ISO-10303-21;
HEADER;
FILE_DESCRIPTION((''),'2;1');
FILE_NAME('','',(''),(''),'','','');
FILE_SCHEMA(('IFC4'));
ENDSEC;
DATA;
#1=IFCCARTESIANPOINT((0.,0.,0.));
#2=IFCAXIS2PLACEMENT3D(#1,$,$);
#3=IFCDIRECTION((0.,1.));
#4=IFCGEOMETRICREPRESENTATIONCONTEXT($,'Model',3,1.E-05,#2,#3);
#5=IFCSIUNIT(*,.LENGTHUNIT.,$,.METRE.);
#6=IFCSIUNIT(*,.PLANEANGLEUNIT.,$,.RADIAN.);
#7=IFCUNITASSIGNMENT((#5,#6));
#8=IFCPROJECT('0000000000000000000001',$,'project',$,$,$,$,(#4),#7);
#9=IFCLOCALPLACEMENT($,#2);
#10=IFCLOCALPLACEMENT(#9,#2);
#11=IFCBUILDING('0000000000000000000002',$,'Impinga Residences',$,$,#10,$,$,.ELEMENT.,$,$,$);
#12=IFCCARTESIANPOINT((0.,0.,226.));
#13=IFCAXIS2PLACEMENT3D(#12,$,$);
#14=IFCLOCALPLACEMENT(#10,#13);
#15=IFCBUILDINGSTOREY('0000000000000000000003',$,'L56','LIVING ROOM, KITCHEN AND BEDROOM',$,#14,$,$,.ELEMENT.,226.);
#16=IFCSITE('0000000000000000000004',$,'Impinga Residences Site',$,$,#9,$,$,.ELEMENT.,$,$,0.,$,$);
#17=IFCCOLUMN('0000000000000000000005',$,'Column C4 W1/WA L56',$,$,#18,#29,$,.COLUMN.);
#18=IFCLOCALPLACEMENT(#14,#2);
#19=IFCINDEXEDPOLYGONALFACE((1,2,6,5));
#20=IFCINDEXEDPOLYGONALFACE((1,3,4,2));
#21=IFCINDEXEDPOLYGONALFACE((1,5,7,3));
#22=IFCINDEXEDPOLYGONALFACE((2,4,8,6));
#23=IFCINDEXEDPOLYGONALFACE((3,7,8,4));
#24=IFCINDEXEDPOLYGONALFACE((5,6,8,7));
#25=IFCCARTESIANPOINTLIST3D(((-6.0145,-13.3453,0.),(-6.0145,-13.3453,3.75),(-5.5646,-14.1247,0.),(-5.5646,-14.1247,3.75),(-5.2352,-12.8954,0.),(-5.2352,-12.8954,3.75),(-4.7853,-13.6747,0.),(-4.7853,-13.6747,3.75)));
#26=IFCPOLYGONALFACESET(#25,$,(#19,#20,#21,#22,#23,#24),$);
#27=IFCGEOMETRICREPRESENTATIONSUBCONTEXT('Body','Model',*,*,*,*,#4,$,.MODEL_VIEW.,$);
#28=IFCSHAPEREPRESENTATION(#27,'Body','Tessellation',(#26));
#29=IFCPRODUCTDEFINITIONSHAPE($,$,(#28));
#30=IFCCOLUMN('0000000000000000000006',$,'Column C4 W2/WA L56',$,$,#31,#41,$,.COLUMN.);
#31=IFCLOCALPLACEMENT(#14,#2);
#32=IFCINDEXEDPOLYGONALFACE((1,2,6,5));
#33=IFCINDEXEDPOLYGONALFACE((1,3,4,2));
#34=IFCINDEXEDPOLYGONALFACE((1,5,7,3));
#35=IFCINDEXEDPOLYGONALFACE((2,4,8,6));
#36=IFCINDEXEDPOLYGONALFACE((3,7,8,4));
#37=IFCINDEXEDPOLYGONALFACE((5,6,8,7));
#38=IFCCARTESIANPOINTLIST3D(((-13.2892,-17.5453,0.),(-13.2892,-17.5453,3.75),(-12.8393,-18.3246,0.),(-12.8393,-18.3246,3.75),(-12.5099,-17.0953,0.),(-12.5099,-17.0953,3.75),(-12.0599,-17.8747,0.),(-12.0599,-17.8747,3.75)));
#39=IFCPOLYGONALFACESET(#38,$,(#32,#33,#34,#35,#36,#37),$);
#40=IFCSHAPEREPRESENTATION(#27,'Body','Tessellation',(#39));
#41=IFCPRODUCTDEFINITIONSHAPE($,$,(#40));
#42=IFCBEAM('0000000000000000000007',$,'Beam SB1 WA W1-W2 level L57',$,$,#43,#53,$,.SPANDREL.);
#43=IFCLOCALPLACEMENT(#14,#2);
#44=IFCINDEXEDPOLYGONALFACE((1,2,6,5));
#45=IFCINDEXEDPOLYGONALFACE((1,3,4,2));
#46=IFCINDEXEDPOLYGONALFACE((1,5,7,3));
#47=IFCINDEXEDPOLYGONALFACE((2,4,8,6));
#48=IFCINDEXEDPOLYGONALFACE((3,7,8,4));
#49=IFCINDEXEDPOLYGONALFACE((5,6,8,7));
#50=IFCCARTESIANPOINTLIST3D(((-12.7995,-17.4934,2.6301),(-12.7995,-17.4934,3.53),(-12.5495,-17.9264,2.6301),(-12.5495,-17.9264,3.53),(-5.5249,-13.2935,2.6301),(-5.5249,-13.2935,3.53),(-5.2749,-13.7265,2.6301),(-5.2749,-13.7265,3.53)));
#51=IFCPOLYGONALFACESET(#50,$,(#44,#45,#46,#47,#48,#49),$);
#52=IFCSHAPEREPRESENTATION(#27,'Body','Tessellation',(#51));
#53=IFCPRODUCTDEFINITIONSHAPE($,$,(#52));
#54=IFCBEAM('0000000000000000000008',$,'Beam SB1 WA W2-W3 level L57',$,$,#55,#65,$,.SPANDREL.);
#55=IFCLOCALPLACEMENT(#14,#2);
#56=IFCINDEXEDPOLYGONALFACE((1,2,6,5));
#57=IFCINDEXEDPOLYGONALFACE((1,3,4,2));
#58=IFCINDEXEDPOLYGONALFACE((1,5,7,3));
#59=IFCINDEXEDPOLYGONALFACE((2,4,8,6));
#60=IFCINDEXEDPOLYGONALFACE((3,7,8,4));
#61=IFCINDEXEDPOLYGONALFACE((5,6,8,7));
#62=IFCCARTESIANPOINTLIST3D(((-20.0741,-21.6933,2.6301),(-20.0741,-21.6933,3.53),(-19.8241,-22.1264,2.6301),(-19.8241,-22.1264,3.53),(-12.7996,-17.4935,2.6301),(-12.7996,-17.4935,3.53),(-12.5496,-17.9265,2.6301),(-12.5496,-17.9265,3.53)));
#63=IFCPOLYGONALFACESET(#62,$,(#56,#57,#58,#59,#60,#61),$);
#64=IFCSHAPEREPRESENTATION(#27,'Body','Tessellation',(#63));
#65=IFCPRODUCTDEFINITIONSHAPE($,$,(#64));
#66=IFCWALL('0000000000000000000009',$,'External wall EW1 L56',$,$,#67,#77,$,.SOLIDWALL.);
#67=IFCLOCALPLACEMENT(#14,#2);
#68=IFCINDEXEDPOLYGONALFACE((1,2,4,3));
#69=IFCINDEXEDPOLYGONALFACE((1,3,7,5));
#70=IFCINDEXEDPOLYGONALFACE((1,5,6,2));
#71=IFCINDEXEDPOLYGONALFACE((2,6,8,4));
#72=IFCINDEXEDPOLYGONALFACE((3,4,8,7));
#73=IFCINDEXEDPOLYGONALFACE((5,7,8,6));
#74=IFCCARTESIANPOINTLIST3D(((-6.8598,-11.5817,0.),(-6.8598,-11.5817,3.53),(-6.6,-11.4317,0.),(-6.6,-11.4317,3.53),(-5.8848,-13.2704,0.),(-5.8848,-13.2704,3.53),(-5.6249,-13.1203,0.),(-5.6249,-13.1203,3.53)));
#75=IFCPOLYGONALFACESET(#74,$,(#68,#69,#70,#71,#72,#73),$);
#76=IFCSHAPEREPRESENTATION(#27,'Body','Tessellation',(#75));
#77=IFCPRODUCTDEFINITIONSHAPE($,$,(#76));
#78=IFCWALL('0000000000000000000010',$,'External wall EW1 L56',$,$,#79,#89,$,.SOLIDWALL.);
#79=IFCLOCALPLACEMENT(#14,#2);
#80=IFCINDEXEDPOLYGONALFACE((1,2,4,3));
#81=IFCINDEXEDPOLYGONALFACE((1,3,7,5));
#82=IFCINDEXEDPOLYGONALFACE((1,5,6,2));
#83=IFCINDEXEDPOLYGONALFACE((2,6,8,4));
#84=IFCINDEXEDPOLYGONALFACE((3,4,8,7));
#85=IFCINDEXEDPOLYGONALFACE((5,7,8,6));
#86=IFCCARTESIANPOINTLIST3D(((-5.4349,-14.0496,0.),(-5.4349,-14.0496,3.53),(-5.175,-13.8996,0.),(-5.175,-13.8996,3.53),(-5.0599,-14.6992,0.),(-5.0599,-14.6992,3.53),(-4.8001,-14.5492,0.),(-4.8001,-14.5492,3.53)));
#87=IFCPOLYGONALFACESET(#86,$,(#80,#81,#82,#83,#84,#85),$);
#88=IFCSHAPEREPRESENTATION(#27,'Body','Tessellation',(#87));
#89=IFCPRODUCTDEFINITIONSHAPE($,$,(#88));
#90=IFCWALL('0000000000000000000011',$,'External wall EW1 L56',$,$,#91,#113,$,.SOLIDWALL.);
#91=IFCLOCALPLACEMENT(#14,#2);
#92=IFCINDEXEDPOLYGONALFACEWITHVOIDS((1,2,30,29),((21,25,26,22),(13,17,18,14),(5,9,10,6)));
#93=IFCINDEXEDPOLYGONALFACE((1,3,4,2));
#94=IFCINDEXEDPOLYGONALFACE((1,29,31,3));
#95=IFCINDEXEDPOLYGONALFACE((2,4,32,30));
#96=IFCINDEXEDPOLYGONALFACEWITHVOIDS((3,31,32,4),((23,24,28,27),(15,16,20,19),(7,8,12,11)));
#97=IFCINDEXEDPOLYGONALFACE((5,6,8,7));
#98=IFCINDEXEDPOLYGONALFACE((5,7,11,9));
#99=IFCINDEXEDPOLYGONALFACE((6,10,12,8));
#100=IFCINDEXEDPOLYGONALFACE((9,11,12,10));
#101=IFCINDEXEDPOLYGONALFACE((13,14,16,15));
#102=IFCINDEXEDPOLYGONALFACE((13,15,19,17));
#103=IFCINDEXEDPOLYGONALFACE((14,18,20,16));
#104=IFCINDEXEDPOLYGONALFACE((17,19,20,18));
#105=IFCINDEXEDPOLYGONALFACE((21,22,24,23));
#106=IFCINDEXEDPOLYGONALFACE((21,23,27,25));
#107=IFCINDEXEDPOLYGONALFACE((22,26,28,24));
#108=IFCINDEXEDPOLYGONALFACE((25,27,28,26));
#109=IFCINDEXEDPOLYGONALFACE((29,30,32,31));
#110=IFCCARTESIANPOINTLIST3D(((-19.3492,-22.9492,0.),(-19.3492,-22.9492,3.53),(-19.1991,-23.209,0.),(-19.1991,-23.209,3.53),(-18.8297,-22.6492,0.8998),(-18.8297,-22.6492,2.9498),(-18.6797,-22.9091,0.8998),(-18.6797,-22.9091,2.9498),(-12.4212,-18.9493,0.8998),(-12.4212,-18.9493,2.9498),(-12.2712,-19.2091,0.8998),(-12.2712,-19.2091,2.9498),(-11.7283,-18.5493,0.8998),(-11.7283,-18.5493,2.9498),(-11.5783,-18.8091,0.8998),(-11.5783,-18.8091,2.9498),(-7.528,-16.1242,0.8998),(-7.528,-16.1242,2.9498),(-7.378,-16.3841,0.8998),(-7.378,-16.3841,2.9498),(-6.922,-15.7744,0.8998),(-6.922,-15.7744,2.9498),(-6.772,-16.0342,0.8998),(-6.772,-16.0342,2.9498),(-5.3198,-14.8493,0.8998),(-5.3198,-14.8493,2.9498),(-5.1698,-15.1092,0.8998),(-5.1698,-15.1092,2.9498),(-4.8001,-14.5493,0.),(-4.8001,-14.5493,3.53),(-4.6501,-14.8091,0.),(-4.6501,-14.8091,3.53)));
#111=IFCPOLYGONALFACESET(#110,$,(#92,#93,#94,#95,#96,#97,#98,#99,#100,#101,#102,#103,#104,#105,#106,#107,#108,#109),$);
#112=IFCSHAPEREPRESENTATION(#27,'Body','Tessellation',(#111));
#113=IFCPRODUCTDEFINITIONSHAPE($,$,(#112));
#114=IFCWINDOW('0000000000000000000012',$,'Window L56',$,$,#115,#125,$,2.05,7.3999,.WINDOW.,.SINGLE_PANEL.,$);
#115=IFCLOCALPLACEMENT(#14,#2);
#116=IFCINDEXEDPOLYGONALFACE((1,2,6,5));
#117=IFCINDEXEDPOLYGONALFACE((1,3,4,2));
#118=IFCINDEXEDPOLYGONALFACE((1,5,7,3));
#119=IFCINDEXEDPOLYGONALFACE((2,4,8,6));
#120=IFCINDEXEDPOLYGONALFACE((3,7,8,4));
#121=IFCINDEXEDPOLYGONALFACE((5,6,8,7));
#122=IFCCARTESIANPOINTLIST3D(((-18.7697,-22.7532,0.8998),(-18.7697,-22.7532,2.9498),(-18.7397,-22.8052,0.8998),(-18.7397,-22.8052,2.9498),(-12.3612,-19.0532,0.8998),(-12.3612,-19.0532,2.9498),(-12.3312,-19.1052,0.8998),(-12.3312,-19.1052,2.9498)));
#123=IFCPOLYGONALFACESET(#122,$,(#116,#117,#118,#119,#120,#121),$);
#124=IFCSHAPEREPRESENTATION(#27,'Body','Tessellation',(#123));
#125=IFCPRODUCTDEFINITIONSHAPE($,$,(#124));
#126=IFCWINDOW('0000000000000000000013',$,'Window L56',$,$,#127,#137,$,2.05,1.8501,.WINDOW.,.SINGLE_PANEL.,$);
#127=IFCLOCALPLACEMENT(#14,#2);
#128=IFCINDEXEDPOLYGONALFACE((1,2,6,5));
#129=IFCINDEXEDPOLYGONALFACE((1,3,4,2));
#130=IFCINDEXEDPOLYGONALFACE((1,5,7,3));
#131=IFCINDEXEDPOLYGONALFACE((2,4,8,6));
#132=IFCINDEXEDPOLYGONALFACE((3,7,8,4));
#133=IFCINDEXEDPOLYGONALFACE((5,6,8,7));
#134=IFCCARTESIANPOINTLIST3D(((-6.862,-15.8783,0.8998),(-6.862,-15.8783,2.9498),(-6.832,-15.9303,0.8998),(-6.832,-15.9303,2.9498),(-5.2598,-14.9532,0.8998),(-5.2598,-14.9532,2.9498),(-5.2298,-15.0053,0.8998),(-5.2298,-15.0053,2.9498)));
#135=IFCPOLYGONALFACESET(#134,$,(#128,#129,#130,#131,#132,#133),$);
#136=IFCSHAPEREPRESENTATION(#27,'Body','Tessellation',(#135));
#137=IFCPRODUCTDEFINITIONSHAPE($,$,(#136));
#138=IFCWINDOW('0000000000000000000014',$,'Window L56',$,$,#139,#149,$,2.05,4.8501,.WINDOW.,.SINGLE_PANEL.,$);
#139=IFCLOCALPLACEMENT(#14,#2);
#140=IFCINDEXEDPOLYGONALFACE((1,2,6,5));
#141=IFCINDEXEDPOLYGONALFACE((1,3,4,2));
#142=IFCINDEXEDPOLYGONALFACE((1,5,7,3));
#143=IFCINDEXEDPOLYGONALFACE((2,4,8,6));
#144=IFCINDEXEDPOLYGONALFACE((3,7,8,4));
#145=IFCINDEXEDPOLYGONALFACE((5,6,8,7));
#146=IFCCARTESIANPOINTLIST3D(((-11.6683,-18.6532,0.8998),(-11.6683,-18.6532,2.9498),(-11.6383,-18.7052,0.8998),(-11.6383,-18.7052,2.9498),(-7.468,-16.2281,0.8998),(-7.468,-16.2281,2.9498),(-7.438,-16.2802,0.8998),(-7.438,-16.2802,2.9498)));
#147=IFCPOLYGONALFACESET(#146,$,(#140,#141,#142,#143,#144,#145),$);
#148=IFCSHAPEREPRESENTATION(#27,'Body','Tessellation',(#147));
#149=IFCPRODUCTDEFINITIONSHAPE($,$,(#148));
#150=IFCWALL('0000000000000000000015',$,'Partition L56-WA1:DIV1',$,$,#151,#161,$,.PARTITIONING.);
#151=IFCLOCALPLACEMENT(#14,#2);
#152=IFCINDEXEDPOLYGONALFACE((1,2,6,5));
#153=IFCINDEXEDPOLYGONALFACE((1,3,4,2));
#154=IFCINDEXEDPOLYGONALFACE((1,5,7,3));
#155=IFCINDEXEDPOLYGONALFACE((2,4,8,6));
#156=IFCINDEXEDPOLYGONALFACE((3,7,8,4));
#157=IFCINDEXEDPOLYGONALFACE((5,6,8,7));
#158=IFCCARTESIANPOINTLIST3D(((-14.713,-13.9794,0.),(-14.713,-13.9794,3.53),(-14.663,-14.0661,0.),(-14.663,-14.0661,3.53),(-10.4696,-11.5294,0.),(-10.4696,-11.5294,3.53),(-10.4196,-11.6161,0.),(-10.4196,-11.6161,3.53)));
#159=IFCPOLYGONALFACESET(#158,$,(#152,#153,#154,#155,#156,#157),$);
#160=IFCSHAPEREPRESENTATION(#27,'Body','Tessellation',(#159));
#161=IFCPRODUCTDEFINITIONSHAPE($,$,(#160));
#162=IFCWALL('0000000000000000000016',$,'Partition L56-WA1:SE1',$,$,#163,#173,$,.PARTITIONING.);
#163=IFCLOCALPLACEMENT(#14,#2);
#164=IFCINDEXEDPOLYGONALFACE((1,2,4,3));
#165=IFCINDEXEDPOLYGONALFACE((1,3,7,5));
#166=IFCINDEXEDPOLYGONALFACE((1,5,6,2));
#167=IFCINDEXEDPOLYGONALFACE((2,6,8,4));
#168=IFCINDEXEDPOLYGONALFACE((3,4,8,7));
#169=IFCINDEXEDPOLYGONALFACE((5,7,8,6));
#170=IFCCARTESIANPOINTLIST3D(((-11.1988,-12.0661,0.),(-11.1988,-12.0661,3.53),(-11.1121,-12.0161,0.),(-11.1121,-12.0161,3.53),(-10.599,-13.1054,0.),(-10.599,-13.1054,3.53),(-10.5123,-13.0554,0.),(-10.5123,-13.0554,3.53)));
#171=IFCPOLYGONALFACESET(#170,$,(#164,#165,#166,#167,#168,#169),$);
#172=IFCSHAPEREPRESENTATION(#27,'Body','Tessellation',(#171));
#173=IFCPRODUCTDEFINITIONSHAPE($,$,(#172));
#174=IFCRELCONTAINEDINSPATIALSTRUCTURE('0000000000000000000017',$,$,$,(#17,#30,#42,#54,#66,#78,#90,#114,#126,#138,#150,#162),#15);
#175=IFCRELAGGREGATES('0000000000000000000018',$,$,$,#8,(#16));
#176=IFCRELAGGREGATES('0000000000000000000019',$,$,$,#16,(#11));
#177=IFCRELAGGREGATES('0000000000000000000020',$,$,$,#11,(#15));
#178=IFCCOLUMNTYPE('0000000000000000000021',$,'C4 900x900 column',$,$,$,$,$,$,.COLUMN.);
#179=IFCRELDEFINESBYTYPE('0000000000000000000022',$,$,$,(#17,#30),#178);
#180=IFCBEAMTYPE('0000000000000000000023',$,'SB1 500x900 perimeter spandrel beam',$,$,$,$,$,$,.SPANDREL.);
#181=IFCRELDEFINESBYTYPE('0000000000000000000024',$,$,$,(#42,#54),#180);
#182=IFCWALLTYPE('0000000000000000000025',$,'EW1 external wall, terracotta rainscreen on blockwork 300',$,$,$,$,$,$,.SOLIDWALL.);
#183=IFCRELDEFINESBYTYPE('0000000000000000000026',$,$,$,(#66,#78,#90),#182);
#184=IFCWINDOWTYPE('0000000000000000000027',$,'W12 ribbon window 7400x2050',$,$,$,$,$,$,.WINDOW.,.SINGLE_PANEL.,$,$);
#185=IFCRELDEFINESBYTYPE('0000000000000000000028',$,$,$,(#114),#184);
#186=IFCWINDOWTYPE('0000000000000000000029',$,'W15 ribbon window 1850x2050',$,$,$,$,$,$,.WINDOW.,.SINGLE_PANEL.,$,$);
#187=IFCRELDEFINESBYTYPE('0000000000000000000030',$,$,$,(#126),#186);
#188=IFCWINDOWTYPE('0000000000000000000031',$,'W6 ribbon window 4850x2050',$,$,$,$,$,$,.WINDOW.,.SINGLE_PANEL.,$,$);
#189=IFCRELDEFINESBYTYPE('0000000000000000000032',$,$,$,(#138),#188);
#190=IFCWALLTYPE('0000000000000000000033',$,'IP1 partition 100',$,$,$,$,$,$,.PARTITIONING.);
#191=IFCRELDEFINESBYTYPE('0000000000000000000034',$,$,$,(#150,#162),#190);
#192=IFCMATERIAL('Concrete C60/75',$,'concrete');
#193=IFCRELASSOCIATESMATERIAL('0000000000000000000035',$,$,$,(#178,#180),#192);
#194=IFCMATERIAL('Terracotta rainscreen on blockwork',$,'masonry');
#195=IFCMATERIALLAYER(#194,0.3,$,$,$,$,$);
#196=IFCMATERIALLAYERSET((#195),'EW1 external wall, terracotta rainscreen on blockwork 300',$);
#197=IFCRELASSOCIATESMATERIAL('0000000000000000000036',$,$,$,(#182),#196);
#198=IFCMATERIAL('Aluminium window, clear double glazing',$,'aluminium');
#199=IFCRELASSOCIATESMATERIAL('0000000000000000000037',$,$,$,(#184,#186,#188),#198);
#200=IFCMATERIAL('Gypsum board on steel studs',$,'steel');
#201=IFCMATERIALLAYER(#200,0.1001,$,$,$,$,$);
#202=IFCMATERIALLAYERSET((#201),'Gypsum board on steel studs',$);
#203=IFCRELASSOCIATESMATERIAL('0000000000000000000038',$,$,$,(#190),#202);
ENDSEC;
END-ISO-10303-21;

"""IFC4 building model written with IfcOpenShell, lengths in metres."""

from ifc_helpers import new_model, si_unit, direction, frame, frame_2d, origin, origin_2d, place, context, subcontext, project, spatial, rectangle, extrude, material, layer, layer_set, material_profile, profile_set, type_object, element, fill, save


model = new_model("IFC4")

# Units and contexts
model_context = context("Model", 3, precision=1e-05, world=origin(), true_north=direction((0.0, 1.0)))
body_context = subcontext(model_context, "Body", "Model", "MODEL_VIEW")
ifc_project = project(units=[si_unit("LENGTHUNIT", "METRE"), si_unit("PLANEANGLEUNIT", "RADIAN")], contexts=[model_context])

# Site, building, storey
site_placement = place(None, origin())
site = spatial("IfcSite", under=ifc_project, at=site_placement, Name="Impinga Residences Site", CompositionType="ELEMENT", RefElevation=0.0)
building_placement = place(site_placement, origin())
building = spatial("IfcBuilding", under=site, at=building_placement, Name="Impinga Residences", CompositionType="ELEMENT")
storey_placement = place(building_placement, frame((0.0, 0.0, 226.0)))
storey = spatial("IfcBuildingStorey", under=building, at=storey_placement, Name="L56", Description="LIVING ROOM, KITCHEN AND BEDROOM", CompositionType="ELEMENT", Elevation=226.0)

# Columns
ifc_material_1 = material(Name="Concrete C60/75", Category="concrete")
ifc_material_profile_1 = material_profile(ifc_material_1, rectangle(XDim=0.8999, YDim=0.8999, at=origin_2d()), Name="RC 900x900")
ifc_profile_set_1 = profile_set([ifc_material_profile_1], Name="Concrete C60/75")
column_type = type_object("IfcColumnType", Name="C4 900x900 column", PredefinedType="COLUMN", material=ifc_profile_set_1)
for number, where, z_axis, x_axis, name in (
    (1, (-5.3999, -13.51, 0.0), (0.0, 0.0, 1.0), (-0.5, 0.866025, 0.0), "Column C4 W1/WA L56"),
    (2, (-12.6746, -17.71, 0.0), (0.0, 0.0, 1.0), (-0.5, 0.866025, 0.0), "Column C4 W2/WA L56"),
):
    element("IfcColumn", number, at=place(storey_placement, frame(where, z_axis=z_axis, x_axis=x_axis)), inside=storey, type_object=column_type, Name=name, PredefinedType="COLUMN", context=body_context, shape_type="SweptSolid", body=[
        extrude(rectangle(XDim=0.8999, YDim=0.8999, at=origin_2d()), origin(), (0.0, 0.0, 1.0), 3.75),
    ])

# Beams
ifc_material_profile_2 = material_profile(ifc_material_1, rectangle(XDim=0.5, YDim=0.8999, at=origin_2d()), Name="RC 500x900")
ifc_profile_set_2 = profile_set([ifc_material_profile_2], Name="Concrete C60/75")
beam_type = type_object("IfcBeamType", Name="SB1 500x900 perimeter spandrel beam", PredefinedType="SPANDREL", material=ifc_profile_set_2)
for number, where, z_axis, x_axis, name in (
    (3, (-5.3999, -13.51, 3.0801), (-0.866029, -0.499993, 0.0), (0.499993, -0.866029, 0.0), "Beam SB1 WA W1-W2 level L57"),
    (4, (-12.6746, -17.71, 3.0801), (-0.866029, -0.499993, 0.0), (0.499993, -0.866029, 0.0), "Beam SB1 WA W2-W3 level L57"),
):
    element("IfcBeam", number, at=place(storey_placement, frame(where, z_axis=z_axis, x_axis=x_axis)), inside=storey, type_object=beam_type, Name=name, PredefinedType="SPANDREL", context=body_context, shape_type="SweptSolid", body=[
        extrude(rectangle(XDim=0.5, YDim=0.8999, at=origin_2d()), origin(), (0.0, 0.0, 1.0), 8.3999),
    ])

# Walls
ifc_material_2 = material(Name="Terracotta rainscreen on blockwork", Category="masonry")
ifc_layer_1 = layer(ifc_material_2, 0.3)
ifc_layer_set_1 = layer_set([ifc_layer_1], Name="EW1 external wall, terracotta rainscreen on blockwork 300")
wall_type_1 = type_object("IfcWallType", Name="EW1 external wall, terracotta rainscreen on blockwork 300", PredefinedType="SOLIDWALL", material=ifc_layer_set_1)
wall_1_placement = place(storey_placement, frame((-6.73, -11.5066, 0.0), z_axis=(0.0, 0.0, 1.0), x_axis=(0.500044, -0.866, 0.0)))
element("IfcWall", 5, at=wall_1_placement, inside=storey, type_object=wall_type_1, Name="External wall EW1 L56", PredefinedType="SOLIDWALL", context=body_context, shape_type="SweptSolid", body=[
    extrude(rectangle(XDim=1.95, YDim=0.3, at=frame_2d((0.9751, 0.0))), origin(), (0.0, 0.0, 1.0), 3.53),
])
wall_2_placement = place(storey_placement, frame((-5.3049, -13.9746, 0.0), z_axis=(0.0, 0.0, 1.0), x_axis=(0.49992, -0.866072, 0.0)))
element("IfcWall", 6, at=wall_2_placement, inside=storey, type_object=wall_type_1, Name="External wall EW1 L56", PredefinedType="SOLIDWALL", context=body_context, shape_type="SweptSolid", body=[
    extrude(rectangle(XDim=0.75, YDim=0.3, at=frame_2d((0.375, 0.0))), origin(), (0.0, 0.0, 1.0), 3.53),
])

# Wall, openings, windows
wall_3_placement = place(storey_placement, frame((-4.7251, -14.6792, 0.0), z_axis=(0.0, 0.0, 1.0), x_axis=(-0.866026, -0.5, 0.0)))
wall_3 = element("IfcWall", 7, at=wall_3_placement, inside=storey, type_object=wall_type_1, Name="External wall EW1 L56", PredefinedType="SOLIDWALL", context=body_context, shape_type="SweptSolid", body=[
    extrude(rectangle(XDim=16.7998, YDim=0.3, at=frame_2d((8.3999, 0.0))), origin(), (0.0, 0.0, 1.0), 3.53),
])
opening_1_placement = place(wall_3_placement, frame((0.6001, 0.0, 0.8999)))
opening_1 = element("IfcOpeningElement", 8, at=opening_1_placement, cuts=wall_3, PredefinedType="OPENING", context=body_context, shape_type="SweptSolid", body=[
    extrude(rectangle(XDim=1.8501, YDim=2.05, at=frame_2d((0.925, 1.0249))), frame((0.0, 0.1599, 0.0), z_axis=(0.0, -1.0, 0.0), x_axis=(1.0, 0.0, 0.0)), (0.0, 0.0, 1.0), 0.3201),
])
opening_2_placement = place(wall_3_placement, frame((3.1499, 0.0, 0.8999)))
opening_2 = element("IfcOpeningElement", 9, at=opening_2_placement, cuts=wall_3, PredefinedType="OPENING", context=body_context, shape_type="SweptSolid", body=[
    extrude(rectangle(XDim=4.8501, YDim=2.05, at=frame_2d((2.425, 1.0249))), frame((0.0, 0.1599, 0.0), z_axis=(0.0, -1.0, 0.0), x_axis=(1.0, 0.0, 0.0)), (0.0, 0.0, 1.0), 0.3201),
])
opening_3_placement = place(wall_3_placement, frame((8.8, 0.0, 0.8999)))
opening_3 = element("IfcOpeningElement", 10, at=opening_3_placement, cuts=wall_3, PredefinedType="OPENING", context=body_context, shape_type="SweptSolid", body=[
    extrude(rectangle(XDim=7.3999, YDim=2.05, at=frame_2d((3.7, 1.0249))), frame((0.0, 0.1599, 0.0), z_axis=(0.0, -1.0, 0.0), x_axis=(1.0, 0.0, 0.0)), (0.0, 0.0, 1.0), 0.3201),
])
ifc_material_3 = material(Name="Aluminium window, clear double glazing", Category="aluminium")
window_type_1 = type_object("IfcWindowType", Name="W12 ribbon window 7400x2050", PartitioningType="SINGLE_PANEL", PredefinedType="WINDOW", material=ifc_material_3)
window_1_placement = place(opening_3_placement, origin())
window_1 = element("IfcWindow", 11, at=window_1_placement, inside=storey, type_object=window_type_1, Name="Window L56", OverallHeight=2.05, OverallWidth=7.3999, PartitioningType="SINGLE_PANEL", PredefinedType="WINDOW", context=body_context, shape_type="SweptSolid", body=[
    extrude(rectangle(XDim=7.3999, YDim=2.05, at=frame_2d((3.7, 1.0249))), frame((0.0, 0.03, 0.0), z_axis=(0.0, -1.0, 0.0), x_axis=(1.0, 0.0, 0.0)), (0.0, 0.0, 1.0), 0.0601),
])
fill(opening_3, window_1)
window_type_2 = type_object("IfcWindowType", Name="W15 ribbon window 1850x2050", PartitioningType="SINGLE_PANEL", PredefinedType="WINDOW", material=ifc_material_3)
window_2_placement = place(opening_1_placement, origin())
window_2 = element("IfcWindow", 12, at=window_2_placement, inside=storey, type_object=window_type_2, Name="Window L56", OverallHeight=2.05, OverallWidth=1.8501, PartitioningType="SINGLE_PANEL", PredefinedType="WINDOW", context=body_context, shape_type="SweptSolid", body=[
    extrude(rectangle(XDim=1.8501, YDim=2.05, at=frame_2d((0.925, 1.0249))), frame((0.0, 0.03, 0.0), z_axis=(0.0, -1.0, 0.0), x_axis=(1.0, 0.0, 0.0)), (0.0, 0.0, 1.0), 0.0601),
])
fill(opening_1, window_2)
window_type_3 = type_object("IfcWindowType", Name="W6 ribbon window 4850x2050", PartitioningType="SINGLE_PANEL", PredefinedType="WINDOW", material=ifc_material_3)
window_3_placement = place(opening_2_placement, origin())
window_3 = element("IfcWindow", 13, at=window_3_placement, inside=storey, type_object=window_type_3, Name="Window L56", OverallHeight=2.05, OverallWidth=4.8501, PartitioningType="SINGLE_PANEL", PredefinedType="WINDOW", context=body_context, shape_type="SweptSolid", body=[
    extrude(rectangle(XDim=4.8501, YDim=2.05, at=frame_2d((2.425, 1.0249))), frame((0.0, 0.03, 0.0), z_axis=(0.0, -1.0, 0.0), x_axis=(1.0, 0.0, 0.0)), (0.0, 0.0, 1.0), 0.0601),
])
fill(opening_2, window_3)

# Walls
ifc_material_4 = material(Name="Gypsum board on steel studs", Category="steel")
ifc_layer_2 = layer(ifc_material_4, 0.1001)
ifc_layer_set_2 = layer_set([ifc_layer_2], Name="Gypsum board on steel studs")
wall_type_2 = type_object("IfcWallType", Name="IP1 partition 100", PredefinedType="PARTITIONING", material=ifc_layer_set_2)
wall_4_placement = place(storey_placement, frame((-10.4446, -11.5728, 0.0), z_axis=(0.0, 0.0, 1.0), x_axis=(-0.866024, -0.500003, 0.0)))
element("IfcWall", 14, at=wall_4_placement, inside=storey, type_object=wall_type_2, Name="Partition L56-WA1:DIV1", PredefinedType="PARTITIONING", context=body_context, shape_type="SweptSolid", body=[
    extrude(rectangle(XDim=4.8999, YDim=0.1001, at=frame_2d((2.45, 0.0))), origin(), (0.0, 0.0, 1.0), 3.53),
])
wall_5_placement = place(storey_placement, frame((-11.1555, -12.041, 0.0), z_axis=(0.0, 0.0, 1.0), x_axis=(0.499881, -0.866094, 0.0)))
element("IfcWall", 15, at=wall_5_placement, inside=storey, type_object=wall_type_2, Name="Partition L56-WA1:SE1", PredefinedType="PARTITIONING", context=body_context, shape_type="SweptSolid", body=[
    extrude(rectangle(XDim=1.2, YDim=0.1001, at=frame_2d((0.6001, 0.0))), origin(), (0.0, 0.0, 1.0), 3.53),
])

save(model, "model.ifc")
